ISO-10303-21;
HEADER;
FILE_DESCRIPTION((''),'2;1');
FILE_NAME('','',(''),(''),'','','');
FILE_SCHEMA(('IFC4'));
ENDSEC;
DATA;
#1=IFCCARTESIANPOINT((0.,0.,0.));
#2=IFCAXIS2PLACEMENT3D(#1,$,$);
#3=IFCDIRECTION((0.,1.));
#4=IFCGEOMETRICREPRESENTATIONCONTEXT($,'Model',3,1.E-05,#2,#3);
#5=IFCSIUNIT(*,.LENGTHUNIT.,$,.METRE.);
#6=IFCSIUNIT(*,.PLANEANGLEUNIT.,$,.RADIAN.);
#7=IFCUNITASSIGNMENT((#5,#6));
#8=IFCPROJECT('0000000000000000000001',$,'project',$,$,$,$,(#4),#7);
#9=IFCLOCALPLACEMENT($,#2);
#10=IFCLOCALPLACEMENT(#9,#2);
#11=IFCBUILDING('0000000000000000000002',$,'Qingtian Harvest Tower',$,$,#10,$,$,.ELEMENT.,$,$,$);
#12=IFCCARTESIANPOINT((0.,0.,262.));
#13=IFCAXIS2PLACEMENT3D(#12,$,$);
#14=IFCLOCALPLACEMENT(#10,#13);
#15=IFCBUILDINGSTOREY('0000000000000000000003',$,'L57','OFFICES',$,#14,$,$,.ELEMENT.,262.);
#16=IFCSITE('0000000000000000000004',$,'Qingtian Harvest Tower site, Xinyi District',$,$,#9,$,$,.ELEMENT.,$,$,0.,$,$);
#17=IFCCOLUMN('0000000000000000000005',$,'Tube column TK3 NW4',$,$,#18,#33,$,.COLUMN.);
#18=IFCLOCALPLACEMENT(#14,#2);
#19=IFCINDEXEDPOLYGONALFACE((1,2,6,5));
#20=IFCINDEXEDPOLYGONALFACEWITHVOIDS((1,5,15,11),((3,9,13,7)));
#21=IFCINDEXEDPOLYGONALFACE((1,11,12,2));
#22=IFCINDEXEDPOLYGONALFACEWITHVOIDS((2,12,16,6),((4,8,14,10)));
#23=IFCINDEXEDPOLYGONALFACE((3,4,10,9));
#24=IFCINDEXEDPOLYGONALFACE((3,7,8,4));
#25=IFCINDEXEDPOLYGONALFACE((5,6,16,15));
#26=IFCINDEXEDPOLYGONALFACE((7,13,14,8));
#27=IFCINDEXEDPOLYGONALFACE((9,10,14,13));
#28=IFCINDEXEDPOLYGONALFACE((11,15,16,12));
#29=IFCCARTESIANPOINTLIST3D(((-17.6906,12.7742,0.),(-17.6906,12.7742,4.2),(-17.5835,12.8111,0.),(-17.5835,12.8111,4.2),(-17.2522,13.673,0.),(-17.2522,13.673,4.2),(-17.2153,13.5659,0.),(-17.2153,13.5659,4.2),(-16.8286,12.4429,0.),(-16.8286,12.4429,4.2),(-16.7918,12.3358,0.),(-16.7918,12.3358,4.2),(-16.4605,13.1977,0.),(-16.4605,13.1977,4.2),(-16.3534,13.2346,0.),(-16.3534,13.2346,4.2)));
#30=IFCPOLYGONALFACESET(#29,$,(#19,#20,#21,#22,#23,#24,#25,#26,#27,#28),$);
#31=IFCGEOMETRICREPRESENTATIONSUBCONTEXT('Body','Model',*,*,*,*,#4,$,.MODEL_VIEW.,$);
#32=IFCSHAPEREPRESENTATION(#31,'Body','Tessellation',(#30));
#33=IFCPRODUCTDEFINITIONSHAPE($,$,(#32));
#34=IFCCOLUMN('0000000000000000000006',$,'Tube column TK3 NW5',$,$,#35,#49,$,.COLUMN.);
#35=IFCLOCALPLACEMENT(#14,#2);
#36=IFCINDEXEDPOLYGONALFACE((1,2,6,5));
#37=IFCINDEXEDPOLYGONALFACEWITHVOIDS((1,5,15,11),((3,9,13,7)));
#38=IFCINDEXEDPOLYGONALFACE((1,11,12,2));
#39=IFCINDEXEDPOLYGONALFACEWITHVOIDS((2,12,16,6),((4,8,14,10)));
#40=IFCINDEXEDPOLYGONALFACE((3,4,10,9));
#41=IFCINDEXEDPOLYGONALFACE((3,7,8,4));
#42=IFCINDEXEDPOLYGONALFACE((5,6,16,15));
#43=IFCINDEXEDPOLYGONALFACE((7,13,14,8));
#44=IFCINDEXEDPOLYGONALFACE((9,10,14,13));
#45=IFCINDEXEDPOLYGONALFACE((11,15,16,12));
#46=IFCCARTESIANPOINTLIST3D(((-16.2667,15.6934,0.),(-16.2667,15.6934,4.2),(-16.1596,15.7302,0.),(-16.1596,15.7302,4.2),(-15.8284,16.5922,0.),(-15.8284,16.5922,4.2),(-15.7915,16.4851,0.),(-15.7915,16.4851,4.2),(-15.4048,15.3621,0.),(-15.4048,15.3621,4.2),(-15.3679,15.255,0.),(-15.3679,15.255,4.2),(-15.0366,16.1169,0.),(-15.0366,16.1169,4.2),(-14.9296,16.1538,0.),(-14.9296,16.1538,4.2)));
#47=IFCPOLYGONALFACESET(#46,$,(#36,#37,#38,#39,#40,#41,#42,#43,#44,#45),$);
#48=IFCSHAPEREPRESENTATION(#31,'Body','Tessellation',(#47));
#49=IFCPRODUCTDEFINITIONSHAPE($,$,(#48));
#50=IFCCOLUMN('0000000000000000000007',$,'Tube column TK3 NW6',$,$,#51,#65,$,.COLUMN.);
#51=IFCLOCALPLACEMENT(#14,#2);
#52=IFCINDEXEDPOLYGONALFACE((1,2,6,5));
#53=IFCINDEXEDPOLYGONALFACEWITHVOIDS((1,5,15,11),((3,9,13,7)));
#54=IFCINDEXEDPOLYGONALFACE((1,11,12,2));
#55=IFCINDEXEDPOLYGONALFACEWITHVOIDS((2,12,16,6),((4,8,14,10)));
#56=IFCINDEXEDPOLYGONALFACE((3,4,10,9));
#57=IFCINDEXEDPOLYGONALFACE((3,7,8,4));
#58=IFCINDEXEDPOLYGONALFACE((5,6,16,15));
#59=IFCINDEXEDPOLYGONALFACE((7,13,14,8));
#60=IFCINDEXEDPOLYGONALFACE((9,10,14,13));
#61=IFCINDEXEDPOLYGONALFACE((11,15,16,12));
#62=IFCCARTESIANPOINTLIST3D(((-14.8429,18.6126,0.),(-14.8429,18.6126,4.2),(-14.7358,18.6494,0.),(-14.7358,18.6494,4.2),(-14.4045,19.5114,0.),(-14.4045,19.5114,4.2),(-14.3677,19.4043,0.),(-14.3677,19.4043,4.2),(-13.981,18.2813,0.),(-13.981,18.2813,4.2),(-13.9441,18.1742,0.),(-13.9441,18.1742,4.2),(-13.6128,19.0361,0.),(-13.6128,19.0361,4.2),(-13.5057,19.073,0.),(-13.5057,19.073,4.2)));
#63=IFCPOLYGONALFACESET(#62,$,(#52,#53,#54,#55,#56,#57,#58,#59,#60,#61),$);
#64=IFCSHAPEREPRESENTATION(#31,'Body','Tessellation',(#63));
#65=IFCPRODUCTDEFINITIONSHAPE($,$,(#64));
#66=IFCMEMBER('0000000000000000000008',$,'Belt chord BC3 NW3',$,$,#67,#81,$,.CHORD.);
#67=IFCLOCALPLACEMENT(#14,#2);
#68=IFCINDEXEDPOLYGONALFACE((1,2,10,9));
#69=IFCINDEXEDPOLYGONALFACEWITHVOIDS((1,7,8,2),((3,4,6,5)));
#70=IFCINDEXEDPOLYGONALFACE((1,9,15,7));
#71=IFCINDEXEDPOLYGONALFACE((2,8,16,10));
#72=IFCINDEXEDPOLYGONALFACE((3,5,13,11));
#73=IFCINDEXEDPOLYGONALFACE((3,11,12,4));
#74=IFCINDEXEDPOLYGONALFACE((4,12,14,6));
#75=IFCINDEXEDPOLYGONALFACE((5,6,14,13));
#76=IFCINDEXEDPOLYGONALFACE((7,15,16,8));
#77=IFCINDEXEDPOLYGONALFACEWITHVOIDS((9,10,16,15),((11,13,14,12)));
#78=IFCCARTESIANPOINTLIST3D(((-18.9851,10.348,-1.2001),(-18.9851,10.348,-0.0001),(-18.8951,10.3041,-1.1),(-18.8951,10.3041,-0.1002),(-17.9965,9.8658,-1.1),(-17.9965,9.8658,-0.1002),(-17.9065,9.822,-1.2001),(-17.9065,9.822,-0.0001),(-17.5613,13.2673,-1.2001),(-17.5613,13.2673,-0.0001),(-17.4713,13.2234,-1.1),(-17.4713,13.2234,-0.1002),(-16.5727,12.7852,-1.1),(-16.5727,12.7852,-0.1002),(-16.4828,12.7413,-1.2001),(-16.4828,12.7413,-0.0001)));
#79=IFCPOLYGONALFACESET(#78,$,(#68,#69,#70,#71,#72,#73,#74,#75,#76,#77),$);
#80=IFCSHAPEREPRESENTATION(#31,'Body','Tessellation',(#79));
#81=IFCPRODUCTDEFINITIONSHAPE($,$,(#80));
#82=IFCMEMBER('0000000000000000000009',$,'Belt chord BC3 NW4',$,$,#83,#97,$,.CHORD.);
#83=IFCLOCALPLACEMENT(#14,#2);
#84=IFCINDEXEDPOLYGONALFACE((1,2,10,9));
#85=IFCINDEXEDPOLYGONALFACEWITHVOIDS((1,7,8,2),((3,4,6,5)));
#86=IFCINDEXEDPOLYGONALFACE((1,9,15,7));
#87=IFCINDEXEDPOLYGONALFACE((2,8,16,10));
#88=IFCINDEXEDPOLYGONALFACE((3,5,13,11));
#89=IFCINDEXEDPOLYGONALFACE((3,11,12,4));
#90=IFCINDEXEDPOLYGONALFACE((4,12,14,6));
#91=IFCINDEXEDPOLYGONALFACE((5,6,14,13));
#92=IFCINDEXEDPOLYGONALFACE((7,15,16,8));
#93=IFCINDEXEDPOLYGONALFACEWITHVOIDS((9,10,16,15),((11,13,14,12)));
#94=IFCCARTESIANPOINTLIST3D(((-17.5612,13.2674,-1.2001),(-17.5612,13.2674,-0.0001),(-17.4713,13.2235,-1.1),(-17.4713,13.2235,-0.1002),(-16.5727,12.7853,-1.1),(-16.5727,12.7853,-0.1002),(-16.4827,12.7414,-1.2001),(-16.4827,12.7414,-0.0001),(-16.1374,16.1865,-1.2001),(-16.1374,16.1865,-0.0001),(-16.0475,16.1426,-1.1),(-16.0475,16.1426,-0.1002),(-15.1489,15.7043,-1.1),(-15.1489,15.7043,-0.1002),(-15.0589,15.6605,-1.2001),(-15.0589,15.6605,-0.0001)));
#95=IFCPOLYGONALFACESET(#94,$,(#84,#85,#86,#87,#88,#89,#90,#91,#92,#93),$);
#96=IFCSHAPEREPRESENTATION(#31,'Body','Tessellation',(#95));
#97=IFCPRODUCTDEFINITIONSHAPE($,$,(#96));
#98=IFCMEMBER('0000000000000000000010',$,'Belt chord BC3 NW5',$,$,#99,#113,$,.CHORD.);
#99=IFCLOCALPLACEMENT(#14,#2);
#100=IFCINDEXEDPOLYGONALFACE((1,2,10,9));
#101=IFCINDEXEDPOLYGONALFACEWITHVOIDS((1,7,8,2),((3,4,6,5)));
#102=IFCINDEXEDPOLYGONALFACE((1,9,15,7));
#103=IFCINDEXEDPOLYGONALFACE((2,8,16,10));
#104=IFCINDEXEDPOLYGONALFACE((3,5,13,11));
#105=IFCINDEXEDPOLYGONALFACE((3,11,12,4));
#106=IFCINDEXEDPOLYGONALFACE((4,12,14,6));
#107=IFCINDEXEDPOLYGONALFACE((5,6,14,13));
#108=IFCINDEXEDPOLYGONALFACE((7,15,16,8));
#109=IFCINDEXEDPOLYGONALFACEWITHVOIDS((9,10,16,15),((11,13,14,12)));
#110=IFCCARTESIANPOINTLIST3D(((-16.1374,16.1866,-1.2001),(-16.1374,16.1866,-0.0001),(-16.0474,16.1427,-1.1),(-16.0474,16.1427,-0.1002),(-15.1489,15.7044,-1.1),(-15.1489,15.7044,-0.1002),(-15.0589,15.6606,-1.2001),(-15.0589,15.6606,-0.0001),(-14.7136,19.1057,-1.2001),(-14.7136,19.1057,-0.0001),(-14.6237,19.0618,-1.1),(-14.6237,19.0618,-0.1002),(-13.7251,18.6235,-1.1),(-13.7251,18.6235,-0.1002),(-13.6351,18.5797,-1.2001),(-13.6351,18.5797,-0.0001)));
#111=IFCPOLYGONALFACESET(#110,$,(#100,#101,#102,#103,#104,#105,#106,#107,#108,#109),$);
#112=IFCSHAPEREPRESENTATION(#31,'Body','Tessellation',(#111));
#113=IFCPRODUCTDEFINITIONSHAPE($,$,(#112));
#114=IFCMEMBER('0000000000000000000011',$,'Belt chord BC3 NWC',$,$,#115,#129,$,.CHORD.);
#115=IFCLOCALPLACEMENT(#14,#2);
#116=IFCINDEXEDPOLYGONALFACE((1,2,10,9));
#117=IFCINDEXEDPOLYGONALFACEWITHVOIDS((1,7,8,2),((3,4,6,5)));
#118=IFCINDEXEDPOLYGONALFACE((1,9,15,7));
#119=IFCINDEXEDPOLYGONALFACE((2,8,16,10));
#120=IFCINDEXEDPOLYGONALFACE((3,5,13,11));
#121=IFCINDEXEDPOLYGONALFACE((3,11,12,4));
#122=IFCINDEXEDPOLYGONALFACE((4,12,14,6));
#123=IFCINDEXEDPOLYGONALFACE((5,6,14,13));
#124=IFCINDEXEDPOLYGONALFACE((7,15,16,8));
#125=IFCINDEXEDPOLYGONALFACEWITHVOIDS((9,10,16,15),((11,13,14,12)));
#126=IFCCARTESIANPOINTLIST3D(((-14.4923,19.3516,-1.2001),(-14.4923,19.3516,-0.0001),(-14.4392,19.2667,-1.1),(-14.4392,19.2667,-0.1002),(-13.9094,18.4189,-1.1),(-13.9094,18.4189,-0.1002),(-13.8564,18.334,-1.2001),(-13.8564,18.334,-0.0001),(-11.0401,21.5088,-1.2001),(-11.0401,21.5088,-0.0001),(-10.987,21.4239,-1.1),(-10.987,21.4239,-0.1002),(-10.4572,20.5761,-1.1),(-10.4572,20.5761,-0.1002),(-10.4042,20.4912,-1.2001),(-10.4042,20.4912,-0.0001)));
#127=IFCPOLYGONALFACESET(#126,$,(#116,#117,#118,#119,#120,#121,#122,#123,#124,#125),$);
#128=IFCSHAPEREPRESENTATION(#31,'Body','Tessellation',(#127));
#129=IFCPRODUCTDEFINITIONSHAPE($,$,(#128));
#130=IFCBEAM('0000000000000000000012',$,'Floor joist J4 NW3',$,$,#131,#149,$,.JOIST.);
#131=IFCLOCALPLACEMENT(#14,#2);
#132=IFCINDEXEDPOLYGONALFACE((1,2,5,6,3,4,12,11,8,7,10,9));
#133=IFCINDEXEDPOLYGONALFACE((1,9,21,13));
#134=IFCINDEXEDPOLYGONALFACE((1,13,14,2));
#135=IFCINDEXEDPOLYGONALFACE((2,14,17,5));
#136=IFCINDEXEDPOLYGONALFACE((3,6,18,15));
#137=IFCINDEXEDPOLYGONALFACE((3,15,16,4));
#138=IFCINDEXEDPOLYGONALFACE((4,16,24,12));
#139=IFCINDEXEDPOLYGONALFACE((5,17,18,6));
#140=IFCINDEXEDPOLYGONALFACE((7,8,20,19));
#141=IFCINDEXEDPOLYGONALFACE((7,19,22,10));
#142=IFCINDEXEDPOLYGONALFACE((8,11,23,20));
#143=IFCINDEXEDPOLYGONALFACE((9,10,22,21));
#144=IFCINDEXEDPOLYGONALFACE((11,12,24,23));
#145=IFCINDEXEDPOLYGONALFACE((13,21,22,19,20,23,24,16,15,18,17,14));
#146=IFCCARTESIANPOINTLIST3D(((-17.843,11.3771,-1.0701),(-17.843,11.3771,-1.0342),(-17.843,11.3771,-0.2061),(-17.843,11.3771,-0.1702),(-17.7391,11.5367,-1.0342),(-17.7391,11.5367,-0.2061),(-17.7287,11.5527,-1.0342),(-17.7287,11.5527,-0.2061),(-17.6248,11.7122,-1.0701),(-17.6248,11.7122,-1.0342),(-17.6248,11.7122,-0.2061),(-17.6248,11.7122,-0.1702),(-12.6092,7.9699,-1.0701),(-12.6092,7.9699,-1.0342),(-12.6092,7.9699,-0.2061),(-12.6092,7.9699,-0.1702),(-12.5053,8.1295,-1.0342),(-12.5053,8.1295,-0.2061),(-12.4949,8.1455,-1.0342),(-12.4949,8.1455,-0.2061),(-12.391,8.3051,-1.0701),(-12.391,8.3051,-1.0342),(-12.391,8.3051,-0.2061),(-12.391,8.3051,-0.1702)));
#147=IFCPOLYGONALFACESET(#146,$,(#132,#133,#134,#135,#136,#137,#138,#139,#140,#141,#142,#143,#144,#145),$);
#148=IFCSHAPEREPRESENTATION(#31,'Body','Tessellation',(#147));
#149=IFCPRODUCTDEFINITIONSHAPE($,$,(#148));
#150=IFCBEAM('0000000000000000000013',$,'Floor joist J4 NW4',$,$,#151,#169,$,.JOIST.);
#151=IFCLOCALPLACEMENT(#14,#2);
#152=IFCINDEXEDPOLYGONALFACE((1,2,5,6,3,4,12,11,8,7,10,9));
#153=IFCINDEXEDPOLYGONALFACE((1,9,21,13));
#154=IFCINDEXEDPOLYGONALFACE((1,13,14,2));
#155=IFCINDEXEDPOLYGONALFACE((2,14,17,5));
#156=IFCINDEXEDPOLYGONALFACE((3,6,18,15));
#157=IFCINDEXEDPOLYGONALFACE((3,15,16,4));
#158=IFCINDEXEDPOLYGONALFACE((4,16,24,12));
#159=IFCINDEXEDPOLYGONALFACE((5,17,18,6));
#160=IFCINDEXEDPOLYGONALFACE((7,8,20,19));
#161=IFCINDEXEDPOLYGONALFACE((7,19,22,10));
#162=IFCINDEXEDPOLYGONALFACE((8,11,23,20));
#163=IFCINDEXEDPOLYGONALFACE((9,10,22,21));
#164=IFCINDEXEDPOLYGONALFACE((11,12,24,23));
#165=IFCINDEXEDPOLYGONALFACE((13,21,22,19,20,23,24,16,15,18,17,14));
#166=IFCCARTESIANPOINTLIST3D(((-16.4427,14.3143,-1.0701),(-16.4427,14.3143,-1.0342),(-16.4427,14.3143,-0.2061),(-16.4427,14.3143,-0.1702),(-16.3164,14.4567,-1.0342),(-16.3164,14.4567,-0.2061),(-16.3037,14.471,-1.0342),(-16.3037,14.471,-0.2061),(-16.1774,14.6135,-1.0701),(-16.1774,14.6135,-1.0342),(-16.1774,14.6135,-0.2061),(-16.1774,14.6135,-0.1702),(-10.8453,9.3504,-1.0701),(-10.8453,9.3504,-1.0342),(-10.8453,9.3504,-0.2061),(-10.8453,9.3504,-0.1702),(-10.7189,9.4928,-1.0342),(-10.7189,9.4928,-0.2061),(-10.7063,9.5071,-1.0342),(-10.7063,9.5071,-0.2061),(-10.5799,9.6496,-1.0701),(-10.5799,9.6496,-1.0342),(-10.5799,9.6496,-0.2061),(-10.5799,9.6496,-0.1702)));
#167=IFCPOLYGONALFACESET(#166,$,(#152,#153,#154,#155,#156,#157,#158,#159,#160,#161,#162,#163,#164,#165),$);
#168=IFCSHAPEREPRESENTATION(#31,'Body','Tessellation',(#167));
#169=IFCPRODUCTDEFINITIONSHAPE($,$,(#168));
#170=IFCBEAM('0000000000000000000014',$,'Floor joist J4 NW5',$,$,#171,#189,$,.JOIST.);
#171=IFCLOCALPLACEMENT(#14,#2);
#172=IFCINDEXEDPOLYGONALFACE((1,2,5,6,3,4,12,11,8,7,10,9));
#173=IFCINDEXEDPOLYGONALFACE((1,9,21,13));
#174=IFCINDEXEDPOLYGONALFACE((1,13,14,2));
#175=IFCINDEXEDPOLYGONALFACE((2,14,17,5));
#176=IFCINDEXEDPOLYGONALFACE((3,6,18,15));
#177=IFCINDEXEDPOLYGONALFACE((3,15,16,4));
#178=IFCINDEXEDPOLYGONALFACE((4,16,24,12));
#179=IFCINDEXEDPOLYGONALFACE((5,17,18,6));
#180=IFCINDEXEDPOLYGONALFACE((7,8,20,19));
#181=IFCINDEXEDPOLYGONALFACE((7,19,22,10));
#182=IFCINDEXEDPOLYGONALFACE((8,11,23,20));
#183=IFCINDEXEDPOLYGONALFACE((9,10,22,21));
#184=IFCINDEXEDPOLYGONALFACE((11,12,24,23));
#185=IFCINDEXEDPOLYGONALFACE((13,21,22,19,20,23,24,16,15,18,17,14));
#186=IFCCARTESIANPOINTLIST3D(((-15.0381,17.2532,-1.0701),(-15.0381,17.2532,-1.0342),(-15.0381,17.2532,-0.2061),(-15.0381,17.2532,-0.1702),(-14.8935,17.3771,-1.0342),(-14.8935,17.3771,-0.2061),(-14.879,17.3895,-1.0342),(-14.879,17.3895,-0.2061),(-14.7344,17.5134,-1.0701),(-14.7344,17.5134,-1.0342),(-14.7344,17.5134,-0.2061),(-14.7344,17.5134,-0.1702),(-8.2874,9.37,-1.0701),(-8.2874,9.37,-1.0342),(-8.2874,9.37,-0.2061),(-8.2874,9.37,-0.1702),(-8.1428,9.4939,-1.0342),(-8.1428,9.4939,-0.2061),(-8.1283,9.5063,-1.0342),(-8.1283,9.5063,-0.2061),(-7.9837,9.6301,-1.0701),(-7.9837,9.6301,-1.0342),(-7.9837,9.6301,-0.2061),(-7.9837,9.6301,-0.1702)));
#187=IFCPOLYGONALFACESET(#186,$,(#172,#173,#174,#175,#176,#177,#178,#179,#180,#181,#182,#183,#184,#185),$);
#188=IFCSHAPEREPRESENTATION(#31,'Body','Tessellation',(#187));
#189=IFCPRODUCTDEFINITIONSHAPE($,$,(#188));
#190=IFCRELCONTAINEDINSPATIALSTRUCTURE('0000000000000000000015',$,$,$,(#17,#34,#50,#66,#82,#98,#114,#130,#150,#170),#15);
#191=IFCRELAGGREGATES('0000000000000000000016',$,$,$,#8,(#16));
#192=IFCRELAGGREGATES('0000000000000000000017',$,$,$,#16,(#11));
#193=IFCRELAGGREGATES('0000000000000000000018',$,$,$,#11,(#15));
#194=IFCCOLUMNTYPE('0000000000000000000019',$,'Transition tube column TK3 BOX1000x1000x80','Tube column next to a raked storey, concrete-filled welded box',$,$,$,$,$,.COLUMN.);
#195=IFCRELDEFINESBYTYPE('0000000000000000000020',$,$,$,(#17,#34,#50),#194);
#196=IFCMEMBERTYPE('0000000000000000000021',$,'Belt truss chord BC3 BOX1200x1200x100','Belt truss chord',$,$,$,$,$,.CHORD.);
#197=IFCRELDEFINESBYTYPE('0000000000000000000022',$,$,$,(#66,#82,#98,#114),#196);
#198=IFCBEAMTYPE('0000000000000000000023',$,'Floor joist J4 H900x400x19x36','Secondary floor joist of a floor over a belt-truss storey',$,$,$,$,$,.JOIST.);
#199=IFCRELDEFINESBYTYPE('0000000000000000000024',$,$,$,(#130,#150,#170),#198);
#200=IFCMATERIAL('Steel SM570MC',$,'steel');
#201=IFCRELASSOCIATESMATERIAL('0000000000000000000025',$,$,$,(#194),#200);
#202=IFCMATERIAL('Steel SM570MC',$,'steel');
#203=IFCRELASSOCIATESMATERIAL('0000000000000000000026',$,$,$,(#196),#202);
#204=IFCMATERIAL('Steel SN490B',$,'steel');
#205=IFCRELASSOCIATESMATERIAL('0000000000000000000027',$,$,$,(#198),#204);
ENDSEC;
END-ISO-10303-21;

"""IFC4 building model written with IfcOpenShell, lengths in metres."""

from ifc_helpers import new_model, si_unit, direction, frame, origin, origin_2d, place, context, subcontext, project, spatial, hollow_rectangle, i_section, extrude, material, material_profile, profile_set, type_object, element, save


model = new_model("IFC4")

# Units and contexts
model_context = context("Model", 3, precision=1e-05, world=origin(), true_north=direction((0.0, 1.0)))
body_context = subcontext(model_context, "Body", "Model", "MODEL_VIEW")
ifc_project = project(units=[si_unit("LENGTHUNIT", "METRE"), si_unit("PLANEANGLEUNIT", "RADIAN")], contexts=[model_context])

# Site, building, storey
site_placement = place(None, origin())
site = spatial("IfcSite", under=ifc_project, at=site_placement, Name="Qingtian Harvest Tower site, Xinyi District", CompositionType="ELEMENT", RefElevation=0.0)
building_placement = place(site_placement, origin())
building = spatial("IfcBuilding", under=site, at=building_placement, Name="Qingtian Harvest Tower", CompositionType="ELEMENT")
storey_placement = place(building_placement, frame((0.0, 0.0, 262.0)))
storey = spatial("IfcBuildingStorey", under=building, at=storey_placement, Name="L57", Description="OFFICES", CompositionType="ELEMENT", Elevation=262.0)

# Columns
ifc_material_1 = material(Name="Steel SM570MC", Category="steel")
ifc_material_profile_1 = material_profile(ifc_material_1, hollow_rectangle(XDim=1.0, YDim=1.0, WallThickness=0.0801, at=origin_2d()), Name="BOX1000x1000x80")
ifc_profile_set_1 = profile_set([ifc_material_profile_1], Name="Steel SM570MC")
column_type = type_object("IfcColumnType", Name="Transition tube column TK3 BOX1000x1000x80", Description="Tube column next to a raked storey, concrete-filled welded box", PredefinedType="COLUMN", material=ifc_profile_set_1)
for number, where, z_axis, x_axis, name in (
    (1, (-17.022, 13.0044, 0.0), (0.0, 0.0, 1.0), (-0.438371, -0.898794, 0.0), "Tube column TK3 NW4"),
    (2, (-15.5981, 15.9236, 0.0), (0.0, 0.0, 1.0), (-0.438371, -0.898794, 0.0), "Tube column TK3 NW5"),
    (3, (-14.1743, 18.8428, 0.0), (0.0, 0.0, 1.0), (-0.438371, -0.898794, 0.0), "Tube column TK3 NW6"),
):
    element("IfcColumn", number, at=place(storey_placement, frame(where, z_axis=z_axis, x_axis=x_axis)), inside=storey, type_object=column_type, Name=name, PredefinedType="COLUMN", context=body_context, shape_type="SweptSolid", body=[
        extrude(hollow_rectangle(XDim=1.0, YDim=1.0, WallThickness=0.0801, at=origin_2d()), origin(), (0.0, 0.0, 1.0), 4.2),
    ])

# Members
ifc_material_2 = material(Name="Steel SM570MC", Category="steel")
ifc_material_profile_2 = material_profile(ifc_material_2, hollow_rectangle(XDim=1.2, YDim=1.2, WallThickness=0.1001, at=origin_2d()), Name="BOX1200x1200x100")
ifc_profile_set_2 = profile_set([ifc_material_profile_2], Name="Steel SM570MC")
member_type_1 = type_object("IfcMemberType", Name="Belt truss chord BC3 BOX1200x1200x100", Description="Belt truss chord", PredefinedType="CHORD", material=ifc_profile_set_2)
member_1_placement = place(storey_placement, frame((-18.4458, 10.085, -0.6001), z_axis=(0.438353, 0.898803, 0.0), x_axis=(-0.898803, 0.438353, 0.0)))
element("IfcMember", 4, at=member_1_placement, inside=storey, type_object=member_type_1, Name="Belt chord BC3 NW3", PredefinedType="CHORD", context=body_context, shape_type="SweptSolid", body=[
    extrude(hollow_rectangle(XDim=1.2, YDim=1.2, WallThickness=0.1001, at=origin_2d()), origin(), (0.0, 0.0, 1.0), 3.248),
])
for number, where, z_axis, x_axis, name in (
    (5, (-17.022, 13.0044, -0.6001), (0.438382, 0.898789, 0.0), (-0.898789, 0.438382, 0.0), "Belt chord BC3 NW4"),
    (6, (-15.5981, 15.9236, -0.6001), (0.438382, 0.898789, 0.0), (-0.898789, 0.438382, 0.0), "Belt chord BC3 NW5"),
):
    element("IfcMember", number, at=place(storey_placement, frame(where, z_axis=z_axis, x_axis=x_axis)), inside=storey, type_object=member_type_1, Name=name, PredefinedType="CHORD", context=body_context, shape_type="SweptSolid", body=[
        extrude(hollow_rectangle(XDim=1.2, YDim=1.2, WallThickness=0.1001, at=origin_2d()), origin(), (0.0, 0.0, 1.0), 3.2478),
    ])
member_2_placement = place(storey_placement, frame((-14.1743, 18.8428, -0.6001), z_axis=(0.848039, 0.529934, 0.0), x_axis=(-0.529934, 0.848039, 0.0)))
element("IfcMember", 7, at=member_2_placement, inside=storey, type_object=member_type_1, Name="Belt chord BC3 NWC", PredefinedType="CHORD", context=body_context, shape_type="SweptSolid", body=[
    extrude(hollow_rectangle(XDim=1.2, YDim=1.2, WallThickness=0.1001, at=origin_2d()), origin(), (0.0, 0.0, 1.0), 4.0708),
])

# Beams
ifc_material_3 = material(Name="Steel SN490B", Category="steel")
ifc_material_profile_3 = material_profile(ifc_material_3, i_section(OverallWidth=0.3999, OverallDepth=0.8999, WebThickness=0.019, FlangeThickness=0.0359, at=origin_2d()), Name="H900x400x19x36")
ifc_profile_set_3 = profile_set([ifc_material_profile_3], Name="Steel SN490B")
beam_type_1 = type_object("IfcBeamType", Name="Floor joist J4 H900x400x19x36", Description="Secondary floor joist of a floor over a belt-truss storey", PredefinedType="JOIST", material=ifc_profile_set_3)
beam_1_placement = place(storey_placement, frame((-17.7339, 11.5447, -0.6201), z_axis=(0.838063, -0.545574, 0.0), x_axis=(0.545574, 0.838063, 0.0)))
element("IfcBeam", 8, at=beam_1_placement, inside=storey, type_object=beam_type_1, Name="Floor joist J4 NW3", PredefinedType="JOIST", context=body_context, shape_type="SweptSolid", body=[
    extrude(i_section(OverallWidth=0.3999, OverallDepth=0.8999, WebThickness=0.019, FlangeThickness=0.0359, at=origin_2d()), origin(), (0.0, 0.0, 1.0), 6.2451),
])
beam_2_placement = place(storey_placement, frame((-16.3101, 14.4639, -0.6201), z_axis=(0.748179, -0.663496, 0.0), x_axis=(0.663496, 0.748179, 0.0)))
element("IfcBeam", 9, at=beam_2_placement, inside=storey, type_object=beam_type_1, Name="Floor joist J4 NW4", PredefinedType="JOIST", context=body_context, shape_type="SweptSolid", body=[
    extrude(i_section(OverallWidth=0.3999, OverallDepth=0.8999, WebThickness=0.019, FlangeThickness=0.0359, at=origin_2d()), origin(), (0.0, 0.0, 1.0), 7.4814),
])
beam_3_placement = place(storey_placement, frame((-14.8862, 17.3833, -0.6201), z_axis=(0.650437, -0.75956, 0.0), x_axis=(0.75956, 0.650437, 0.0)))
element("IfcBeam", 10, at=beam_3_placement, inside=storey, type_object=beam_type_1, Name="Floor joist J4 NW5", PredefinedType="JOIST", context=body_context, shape_type="SweptSolid", body=[
    extrude(i_section(OverallWidth=0.3999, OverallDepth=0.8999, WebThickness=0.019, FlangeThickness=0.0359, at=origin_2d()), origin(), (0.0, 0.0, 1.0), 10.3787),
])

save(model, "model.ifc")
